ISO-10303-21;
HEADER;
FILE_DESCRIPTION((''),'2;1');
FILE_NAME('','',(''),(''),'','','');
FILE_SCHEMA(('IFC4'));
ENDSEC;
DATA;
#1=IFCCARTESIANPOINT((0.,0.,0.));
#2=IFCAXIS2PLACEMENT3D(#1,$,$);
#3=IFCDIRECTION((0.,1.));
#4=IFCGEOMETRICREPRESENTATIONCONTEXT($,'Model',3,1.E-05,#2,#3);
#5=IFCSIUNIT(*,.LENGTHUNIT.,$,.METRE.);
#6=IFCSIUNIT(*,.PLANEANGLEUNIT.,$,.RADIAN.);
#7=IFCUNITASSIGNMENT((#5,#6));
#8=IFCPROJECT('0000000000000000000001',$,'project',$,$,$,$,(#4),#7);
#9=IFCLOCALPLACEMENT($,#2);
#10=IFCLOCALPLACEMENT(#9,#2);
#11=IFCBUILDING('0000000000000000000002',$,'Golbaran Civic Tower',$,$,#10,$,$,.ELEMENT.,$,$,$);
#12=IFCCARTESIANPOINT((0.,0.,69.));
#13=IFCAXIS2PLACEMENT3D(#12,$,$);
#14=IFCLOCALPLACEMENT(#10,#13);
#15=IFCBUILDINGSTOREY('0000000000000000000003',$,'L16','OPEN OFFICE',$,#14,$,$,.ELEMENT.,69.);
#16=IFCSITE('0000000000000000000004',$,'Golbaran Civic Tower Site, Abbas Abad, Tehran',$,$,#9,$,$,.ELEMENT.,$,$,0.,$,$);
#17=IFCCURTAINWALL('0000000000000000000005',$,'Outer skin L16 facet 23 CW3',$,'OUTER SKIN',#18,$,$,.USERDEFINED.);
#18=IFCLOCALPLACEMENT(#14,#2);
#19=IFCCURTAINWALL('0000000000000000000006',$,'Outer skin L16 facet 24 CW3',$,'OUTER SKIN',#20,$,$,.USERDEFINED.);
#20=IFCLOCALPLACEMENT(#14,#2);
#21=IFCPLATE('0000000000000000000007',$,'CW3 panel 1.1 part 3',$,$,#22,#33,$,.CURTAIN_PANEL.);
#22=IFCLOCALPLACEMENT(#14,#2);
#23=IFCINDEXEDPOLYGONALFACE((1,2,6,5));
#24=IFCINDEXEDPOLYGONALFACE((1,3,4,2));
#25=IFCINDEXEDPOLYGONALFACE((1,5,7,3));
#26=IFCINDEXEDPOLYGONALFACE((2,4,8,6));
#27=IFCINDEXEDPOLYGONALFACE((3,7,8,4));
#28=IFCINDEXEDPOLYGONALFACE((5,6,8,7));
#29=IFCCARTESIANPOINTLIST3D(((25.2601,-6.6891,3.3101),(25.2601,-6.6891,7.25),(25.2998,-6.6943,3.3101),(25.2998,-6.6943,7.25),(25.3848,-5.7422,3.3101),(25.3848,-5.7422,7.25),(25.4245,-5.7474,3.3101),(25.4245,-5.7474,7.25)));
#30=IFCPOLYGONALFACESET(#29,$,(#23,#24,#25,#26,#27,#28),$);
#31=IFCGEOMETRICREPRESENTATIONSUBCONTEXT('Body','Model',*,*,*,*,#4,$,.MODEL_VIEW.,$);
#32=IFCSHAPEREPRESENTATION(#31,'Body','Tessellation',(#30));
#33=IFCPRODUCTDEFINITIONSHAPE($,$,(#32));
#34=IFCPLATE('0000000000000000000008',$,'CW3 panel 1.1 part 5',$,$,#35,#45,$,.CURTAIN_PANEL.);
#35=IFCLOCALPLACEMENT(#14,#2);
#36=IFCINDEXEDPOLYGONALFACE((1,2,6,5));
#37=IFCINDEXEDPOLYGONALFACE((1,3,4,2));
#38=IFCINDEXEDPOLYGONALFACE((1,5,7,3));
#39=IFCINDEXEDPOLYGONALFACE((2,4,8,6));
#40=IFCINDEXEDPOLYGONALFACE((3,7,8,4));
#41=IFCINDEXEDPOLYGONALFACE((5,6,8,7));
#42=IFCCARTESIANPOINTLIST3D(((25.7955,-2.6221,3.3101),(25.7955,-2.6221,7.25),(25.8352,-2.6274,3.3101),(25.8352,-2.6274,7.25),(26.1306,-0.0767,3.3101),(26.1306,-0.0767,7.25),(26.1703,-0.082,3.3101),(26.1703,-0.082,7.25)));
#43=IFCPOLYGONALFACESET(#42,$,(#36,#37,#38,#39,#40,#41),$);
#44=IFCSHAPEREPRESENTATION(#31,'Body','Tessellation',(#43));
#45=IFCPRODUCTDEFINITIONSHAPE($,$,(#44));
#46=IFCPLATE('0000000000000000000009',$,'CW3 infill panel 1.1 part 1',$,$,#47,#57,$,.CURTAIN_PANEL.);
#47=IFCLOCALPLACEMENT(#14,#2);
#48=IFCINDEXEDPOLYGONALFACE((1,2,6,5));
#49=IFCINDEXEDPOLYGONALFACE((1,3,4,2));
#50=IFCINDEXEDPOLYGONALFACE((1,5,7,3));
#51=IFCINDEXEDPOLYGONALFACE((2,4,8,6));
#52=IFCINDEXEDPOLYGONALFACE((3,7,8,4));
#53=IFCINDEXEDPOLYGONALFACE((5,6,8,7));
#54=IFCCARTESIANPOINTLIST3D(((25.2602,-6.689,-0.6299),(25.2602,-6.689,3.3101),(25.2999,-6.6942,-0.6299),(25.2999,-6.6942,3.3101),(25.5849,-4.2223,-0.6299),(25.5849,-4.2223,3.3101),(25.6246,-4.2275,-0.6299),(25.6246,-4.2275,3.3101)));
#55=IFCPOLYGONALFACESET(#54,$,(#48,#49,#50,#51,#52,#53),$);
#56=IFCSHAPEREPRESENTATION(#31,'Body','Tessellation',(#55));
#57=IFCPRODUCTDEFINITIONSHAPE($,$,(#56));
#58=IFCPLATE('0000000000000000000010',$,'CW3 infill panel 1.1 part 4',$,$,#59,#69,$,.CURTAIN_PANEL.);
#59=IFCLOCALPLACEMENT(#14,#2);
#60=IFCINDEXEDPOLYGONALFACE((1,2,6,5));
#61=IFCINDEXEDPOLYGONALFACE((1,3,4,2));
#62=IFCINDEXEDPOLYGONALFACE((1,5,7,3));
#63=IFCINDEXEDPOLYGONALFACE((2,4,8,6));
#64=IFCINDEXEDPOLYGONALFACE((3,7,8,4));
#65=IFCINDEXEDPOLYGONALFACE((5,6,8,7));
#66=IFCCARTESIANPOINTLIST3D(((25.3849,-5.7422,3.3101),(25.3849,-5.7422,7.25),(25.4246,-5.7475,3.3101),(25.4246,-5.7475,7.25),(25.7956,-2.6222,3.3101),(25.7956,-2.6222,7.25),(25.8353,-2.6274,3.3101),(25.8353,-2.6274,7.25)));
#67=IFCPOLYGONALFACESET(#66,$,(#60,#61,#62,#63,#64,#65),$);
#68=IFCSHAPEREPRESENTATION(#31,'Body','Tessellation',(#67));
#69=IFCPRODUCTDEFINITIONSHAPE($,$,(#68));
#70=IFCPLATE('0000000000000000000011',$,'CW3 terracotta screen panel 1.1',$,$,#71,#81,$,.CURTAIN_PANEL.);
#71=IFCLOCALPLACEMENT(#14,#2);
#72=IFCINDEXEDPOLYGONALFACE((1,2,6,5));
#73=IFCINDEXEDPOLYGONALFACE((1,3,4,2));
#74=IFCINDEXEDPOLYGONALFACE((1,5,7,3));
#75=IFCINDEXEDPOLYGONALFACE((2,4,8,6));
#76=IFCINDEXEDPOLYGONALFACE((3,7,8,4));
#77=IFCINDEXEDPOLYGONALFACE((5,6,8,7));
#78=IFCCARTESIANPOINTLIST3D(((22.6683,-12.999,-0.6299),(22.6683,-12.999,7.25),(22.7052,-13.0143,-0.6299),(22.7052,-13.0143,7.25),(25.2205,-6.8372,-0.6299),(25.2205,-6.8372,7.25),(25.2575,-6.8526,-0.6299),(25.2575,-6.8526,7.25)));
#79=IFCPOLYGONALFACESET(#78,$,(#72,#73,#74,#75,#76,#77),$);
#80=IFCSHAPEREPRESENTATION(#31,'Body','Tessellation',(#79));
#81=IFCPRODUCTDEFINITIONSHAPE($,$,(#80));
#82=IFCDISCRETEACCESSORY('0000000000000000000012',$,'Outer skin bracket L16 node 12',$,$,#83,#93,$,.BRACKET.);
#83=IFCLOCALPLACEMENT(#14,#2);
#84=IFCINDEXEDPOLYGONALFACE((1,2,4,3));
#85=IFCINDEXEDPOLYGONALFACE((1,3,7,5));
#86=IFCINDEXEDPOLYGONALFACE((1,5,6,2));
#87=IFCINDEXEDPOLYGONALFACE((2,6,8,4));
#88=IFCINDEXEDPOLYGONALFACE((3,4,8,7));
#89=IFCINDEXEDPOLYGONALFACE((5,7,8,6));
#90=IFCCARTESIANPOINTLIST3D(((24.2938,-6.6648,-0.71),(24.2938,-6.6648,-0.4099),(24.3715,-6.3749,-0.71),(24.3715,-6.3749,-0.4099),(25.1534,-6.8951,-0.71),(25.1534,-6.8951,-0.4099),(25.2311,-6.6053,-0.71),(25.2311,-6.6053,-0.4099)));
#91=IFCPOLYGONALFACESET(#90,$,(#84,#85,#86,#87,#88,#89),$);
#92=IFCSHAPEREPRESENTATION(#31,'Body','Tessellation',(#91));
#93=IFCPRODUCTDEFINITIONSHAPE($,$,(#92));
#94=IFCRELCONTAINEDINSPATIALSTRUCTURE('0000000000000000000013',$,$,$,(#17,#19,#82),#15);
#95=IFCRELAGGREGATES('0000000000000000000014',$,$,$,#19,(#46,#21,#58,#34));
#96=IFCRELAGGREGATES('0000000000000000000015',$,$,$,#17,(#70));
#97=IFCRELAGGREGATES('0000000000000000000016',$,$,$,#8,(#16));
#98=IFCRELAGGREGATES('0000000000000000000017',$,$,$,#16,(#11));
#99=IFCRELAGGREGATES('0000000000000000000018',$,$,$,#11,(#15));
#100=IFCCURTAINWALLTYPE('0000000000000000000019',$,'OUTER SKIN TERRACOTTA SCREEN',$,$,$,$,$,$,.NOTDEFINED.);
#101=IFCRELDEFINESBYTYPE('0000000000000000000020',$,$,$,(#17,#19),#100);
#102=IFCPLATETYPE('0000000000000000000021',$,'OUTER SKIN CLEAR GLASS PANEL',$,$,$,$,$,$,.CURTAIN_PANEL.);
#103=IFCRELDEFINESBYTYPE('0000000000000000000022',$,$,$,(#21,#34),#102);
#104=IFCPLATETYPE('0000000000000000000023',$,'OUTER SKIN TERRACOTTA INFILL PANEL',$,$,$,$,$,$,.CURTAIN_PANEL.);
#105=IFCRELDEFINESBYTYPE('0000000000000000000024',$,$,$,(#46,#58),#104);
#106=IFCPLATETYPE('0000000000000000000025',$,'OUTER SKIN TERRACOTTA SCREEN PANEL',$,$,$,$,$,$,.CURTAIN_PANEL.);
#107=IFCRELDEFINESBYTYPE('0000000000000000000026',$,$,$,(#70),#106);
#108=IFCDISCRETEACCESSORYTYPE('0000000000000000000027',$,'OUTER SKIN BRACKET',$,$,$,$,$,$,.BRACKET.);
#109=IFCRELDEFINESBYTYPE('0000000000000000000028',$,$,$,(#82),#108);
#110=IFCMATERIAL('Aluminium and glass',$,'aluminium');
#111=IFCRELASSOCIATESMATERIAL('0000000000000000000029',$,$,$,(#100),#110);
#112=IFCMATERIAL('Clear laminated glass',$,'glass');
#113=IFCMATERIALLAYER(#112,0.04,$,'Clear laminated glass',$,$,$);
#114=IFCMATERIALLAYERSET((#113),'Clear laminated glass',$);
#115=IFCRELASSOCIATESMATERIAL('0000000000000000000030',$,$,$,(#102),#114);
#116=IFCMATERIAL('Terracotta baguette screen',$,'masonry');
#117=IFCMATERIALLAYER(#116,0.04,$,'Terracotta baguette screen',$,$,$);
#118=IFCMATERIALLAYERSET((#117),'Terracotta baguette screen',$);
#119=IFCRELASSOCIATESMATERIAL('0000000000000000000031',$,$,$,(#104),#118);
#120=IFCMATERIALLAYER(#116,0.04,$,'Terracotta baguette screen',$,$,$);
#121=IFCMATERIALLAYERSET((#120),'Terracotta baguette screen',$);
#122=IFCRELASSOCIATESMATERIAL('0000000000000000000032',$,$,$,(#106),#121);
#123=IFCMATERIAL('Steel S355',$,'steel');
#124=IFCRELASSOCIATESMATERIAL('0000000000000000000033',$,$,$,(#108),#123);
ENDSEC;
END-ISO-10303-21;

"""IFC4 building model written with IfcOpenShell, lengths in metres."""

from ifc_helpers import new_model, si_unit, direction, frame, origin, origin_2d, place, context, subcontext, project, spatial, rectangle, extrude, material, layer, layer_set, type_object, element, aggregate, save


model = new_model("IFC4")

# Units and contexts
model_context = context("Model", 3, precision=1e-05, world=origin(), true_north=direction((0.0, 1.0)))
body_context = subcontext(model_context, "Body", "Model", "MODEL_VIEW")
ifc_project = project(units=[si_unit("LENGTHUNIT", "METRE"), si_unit("PLANEANGLEUNIT", "RADIAN")], contexts=[model_context])

# Site, building, storey
site_placement = place(None, origin())
site = spatial("IfcSite", under=ifc_project, at=site_placement, Name="Golbaran Civic Tower Site, Abbas Abad, Tehran", CompositionType="ELEMENT", RefElevation=0.0)
building_placement = place(site_placement, origin())
building = spatial("IfcBuilding", under=site, at=building_placement, Name="Golbaran Civic Tower", CompositionType="ELEMENT")
storey_placement = place(building_placement, frame((0.0, 0.0, 69.0)))
storey = spatial("IfcBuildingStorey", under=building, at=storey_placement, Name="L16", Description="OPEN OFFICE", CompositionType="ELEMENT", Elevation=69.0)

# Shared definitions
ifc_material_1 = material(Name="Steel S355", Category="steel")

# Shared definitions
ifc_material_2 = material(Name="Aluminium and glass", Category="aluminium")

# Curtain wall
curtain_wall_type_1 = type_object("IfcCurtainWallType", Name="OUTER SKIN TERRACOTTA SCREEN", PredefinedType="NOTDEFINED", material=ifc_material_2)
curtain_wall_1_placement = place(storey_placement, origin())
curtain_wall_1 = element("IfcCurtainWall", 1, at=curtain_wall_1_placement, inside=storey, type_object=curtain_wall_type_1, Name="Outer skin L16 facet 23 CW3", ObjectType="OUTER SKIN", PredefinedType="USERDEFINED")

# Curtain wall
curtain_wall_2_placement = place(storey_placement, origin())
curtain_wall_2 = element("IfcCurtainWall", 2, at=curtain_wall_2_placement, inside=storey, type_object=curtain_wall_type_1, Name="Outer skin L16 facet 24 CW3", ObjectType="OUTER SKIN", PredefinedType="USERDEFINED")

# Plates
ifc_material_3 = material(Name="Clear laminated glass", Category="glass")
ifc_layer_1 = layer(ifc_material_3, 0.04, Name="Clear laminated glass")
ifc_layer_set_1 = layer_set([ifc_layer_1], Name="Clear laminated glass")
plate_type_1 = type_object("IfcPlateType", Name="OUTER SKIN CLEAR GLASS PANEL", PredefinedType="CURTAIN_PANEL", material=ifc_layer_set_1)
plate_1_placement = place(storey_placement, frame((25.3423, -6.2183, 3.3101), z_axis=(0.0, 0.0, 1.0), x_axis=(0.130526, 0.991445, 0.0)))
plate_1 = element("IfcPlate", 3, at=plate_1_placement, type_object=plate_type_1, Name="CW3 panel 1.1 part 3", PredefinedType="CURTAIN_PANEL", context=body_context, shape_type="SweptSolid", body=[
    extrude(rectangle(XDim=0.9551, YDim=0.04, at=origin_2d()), origin(), (0.0, 0.0, 1.0), 3.9399),
])
plate_2_placement = place(storey_placement, frame((25.9829, -1.3521, 3.3101), z_axis=(0.0, 0.0, 1.0), x_axis=(0.130526, 0.991445, 0.0)))
plate_2 = element("IfcPlate", 4, at=plate_2_placement, type_object=plate_type_1, Name="CW3 panel 1.1 part 5", PredefinedType="CURTAIN_PANEL", context=body_context, shape_type="SweptSolid", body=[
    extrude(rectangle(XDim=2.5674, YDim=0.04, at=origin_2d()), origin(), (0.0, 0.0, 1.0), 3.9399),
])
ifc_material_4 = material(Name="Terracotta baguette screen", Category="masonry")
ifc_layer_2 = layer(ifc_material_4, 0.04, Name="Terracotta baguette screen")
ifc_layer_set_2 = layer_set([ifc_layer_2], Name="Terracotta baguette screen")
plate_type_2 = type_object("IfcPlateType", Name="OUTER SKIN TERRACOTTA INFILL PANEL", PredefinedType="CURTAIN_PANEL", material=ifc_layer_set_2)
plate_3_placement = place(storey_placement, frame((25.4424, -5.4583, -0.6299), z_axis=(0.0, 0.0, 1.0), x_axis=(0.130526, 0.991445, 0.0)))
plate_3 = element("IfcPlate", 5, at=plate_3_placement, type_object=plate_type_2, Name="CW3 infill panel 1.1 part 1", PredefinedType="CURTAIN_PANEL", context=body_context, shape_type="SweptSolid", body=[
    extrude(rectangle(XDim=2.488, YDim=0.04, at=origin_2d()), origin(), (0.0, 0.0, 1.0), 3.9399),
])
plate_4_placement = place(storey_placement, frame((25.6101, -4.1848, 3.3101), z_axis=(0.0, 0.0, 1.0), x_axis=(0.130526, 0.991445, 0.0)))
plate_4 = element("IfcPlate", 6, at=plate_4_placement, type_object=plate_type_2, Name="CW3 infill panel 1.1 part 4", PredefinedType="CURTAIN_PANEL", context=body_context, shape_type="SweptSolid", body=[
    extrude(rectangle(XDim=3.147, YDim=0.04, at=origin_2d()), origin(), (0.0, 0.0, 1.0), 3.9399),
])
aggregate(curtain_wall_2, [plate_3, plate_1, plate_4, plate_2])
ifc_layer_3 = layer(ifc_material_4, 0.04, Name="Terracotta baguette screen")
ifc_layer_set_3 = layer_set([ifc_layer_3], Name="Terracotta baguette screen")
plate_type_3 = type_object("IfcPlateType", Name="OUTER SKIN TERRACOTTA SCREEN PANEL", PredefinedType="CURTAIN_PANEL", material=ifc_layer_set_3)
plate_5_placement = place(storey_placement, frame((23.9629, -9.9258, -0.6299), z_axis=(0.0, 0.0, 1.0), x_axis=(0.382683, 0.92388, 0.0)))
plate_5 = element("IfcPlate", 7, at=plate_5_placement, type_object=plate_type_3, Name="CW3 terracotta screen panel 1.1", PredefinedType="CURTAIN_PANEL", context=body_context, shape_type="SweptSolid", body=[
    extrude(rectangle(XDim=6.6694, YDim=0.04, at=origin_2d()), origin(), (0.0, 0.0, 1.0), 7.8799),
])
aggregate(curtain_wall_1, [plate_5])

# Discrete accessory
discrete_accessory_type = type_object("IfcDiscreteAccessoryType", Name="OUTER SKIN BRACKET", PredefinedType="BRACKET", material=ifc_material_1)
discrete_accessory_placement = place(storey_placement, frame((24.7625, -6.635, -0.71), z_axis=(0.0, 0.0, 1.0), x_axis=(0.965926, -0.258819, 0.0)))
element("IfcDiscreteAccessory", 8, at=discrete_accessory_placement, inside=storey, type_object=discrete_accessory_type, Name="Outer skin bracket L16 node 12", PredefinedType="BRACKET", context=body_context, shape_type="SweptSolid", body=[
    extrude(rectangle(XDim=0.8899, YDim=0.3, at=origin_2d()), origin(), (0.0, 0.0, 1.0), 0.3),
])

save(model, "model.ifc")
